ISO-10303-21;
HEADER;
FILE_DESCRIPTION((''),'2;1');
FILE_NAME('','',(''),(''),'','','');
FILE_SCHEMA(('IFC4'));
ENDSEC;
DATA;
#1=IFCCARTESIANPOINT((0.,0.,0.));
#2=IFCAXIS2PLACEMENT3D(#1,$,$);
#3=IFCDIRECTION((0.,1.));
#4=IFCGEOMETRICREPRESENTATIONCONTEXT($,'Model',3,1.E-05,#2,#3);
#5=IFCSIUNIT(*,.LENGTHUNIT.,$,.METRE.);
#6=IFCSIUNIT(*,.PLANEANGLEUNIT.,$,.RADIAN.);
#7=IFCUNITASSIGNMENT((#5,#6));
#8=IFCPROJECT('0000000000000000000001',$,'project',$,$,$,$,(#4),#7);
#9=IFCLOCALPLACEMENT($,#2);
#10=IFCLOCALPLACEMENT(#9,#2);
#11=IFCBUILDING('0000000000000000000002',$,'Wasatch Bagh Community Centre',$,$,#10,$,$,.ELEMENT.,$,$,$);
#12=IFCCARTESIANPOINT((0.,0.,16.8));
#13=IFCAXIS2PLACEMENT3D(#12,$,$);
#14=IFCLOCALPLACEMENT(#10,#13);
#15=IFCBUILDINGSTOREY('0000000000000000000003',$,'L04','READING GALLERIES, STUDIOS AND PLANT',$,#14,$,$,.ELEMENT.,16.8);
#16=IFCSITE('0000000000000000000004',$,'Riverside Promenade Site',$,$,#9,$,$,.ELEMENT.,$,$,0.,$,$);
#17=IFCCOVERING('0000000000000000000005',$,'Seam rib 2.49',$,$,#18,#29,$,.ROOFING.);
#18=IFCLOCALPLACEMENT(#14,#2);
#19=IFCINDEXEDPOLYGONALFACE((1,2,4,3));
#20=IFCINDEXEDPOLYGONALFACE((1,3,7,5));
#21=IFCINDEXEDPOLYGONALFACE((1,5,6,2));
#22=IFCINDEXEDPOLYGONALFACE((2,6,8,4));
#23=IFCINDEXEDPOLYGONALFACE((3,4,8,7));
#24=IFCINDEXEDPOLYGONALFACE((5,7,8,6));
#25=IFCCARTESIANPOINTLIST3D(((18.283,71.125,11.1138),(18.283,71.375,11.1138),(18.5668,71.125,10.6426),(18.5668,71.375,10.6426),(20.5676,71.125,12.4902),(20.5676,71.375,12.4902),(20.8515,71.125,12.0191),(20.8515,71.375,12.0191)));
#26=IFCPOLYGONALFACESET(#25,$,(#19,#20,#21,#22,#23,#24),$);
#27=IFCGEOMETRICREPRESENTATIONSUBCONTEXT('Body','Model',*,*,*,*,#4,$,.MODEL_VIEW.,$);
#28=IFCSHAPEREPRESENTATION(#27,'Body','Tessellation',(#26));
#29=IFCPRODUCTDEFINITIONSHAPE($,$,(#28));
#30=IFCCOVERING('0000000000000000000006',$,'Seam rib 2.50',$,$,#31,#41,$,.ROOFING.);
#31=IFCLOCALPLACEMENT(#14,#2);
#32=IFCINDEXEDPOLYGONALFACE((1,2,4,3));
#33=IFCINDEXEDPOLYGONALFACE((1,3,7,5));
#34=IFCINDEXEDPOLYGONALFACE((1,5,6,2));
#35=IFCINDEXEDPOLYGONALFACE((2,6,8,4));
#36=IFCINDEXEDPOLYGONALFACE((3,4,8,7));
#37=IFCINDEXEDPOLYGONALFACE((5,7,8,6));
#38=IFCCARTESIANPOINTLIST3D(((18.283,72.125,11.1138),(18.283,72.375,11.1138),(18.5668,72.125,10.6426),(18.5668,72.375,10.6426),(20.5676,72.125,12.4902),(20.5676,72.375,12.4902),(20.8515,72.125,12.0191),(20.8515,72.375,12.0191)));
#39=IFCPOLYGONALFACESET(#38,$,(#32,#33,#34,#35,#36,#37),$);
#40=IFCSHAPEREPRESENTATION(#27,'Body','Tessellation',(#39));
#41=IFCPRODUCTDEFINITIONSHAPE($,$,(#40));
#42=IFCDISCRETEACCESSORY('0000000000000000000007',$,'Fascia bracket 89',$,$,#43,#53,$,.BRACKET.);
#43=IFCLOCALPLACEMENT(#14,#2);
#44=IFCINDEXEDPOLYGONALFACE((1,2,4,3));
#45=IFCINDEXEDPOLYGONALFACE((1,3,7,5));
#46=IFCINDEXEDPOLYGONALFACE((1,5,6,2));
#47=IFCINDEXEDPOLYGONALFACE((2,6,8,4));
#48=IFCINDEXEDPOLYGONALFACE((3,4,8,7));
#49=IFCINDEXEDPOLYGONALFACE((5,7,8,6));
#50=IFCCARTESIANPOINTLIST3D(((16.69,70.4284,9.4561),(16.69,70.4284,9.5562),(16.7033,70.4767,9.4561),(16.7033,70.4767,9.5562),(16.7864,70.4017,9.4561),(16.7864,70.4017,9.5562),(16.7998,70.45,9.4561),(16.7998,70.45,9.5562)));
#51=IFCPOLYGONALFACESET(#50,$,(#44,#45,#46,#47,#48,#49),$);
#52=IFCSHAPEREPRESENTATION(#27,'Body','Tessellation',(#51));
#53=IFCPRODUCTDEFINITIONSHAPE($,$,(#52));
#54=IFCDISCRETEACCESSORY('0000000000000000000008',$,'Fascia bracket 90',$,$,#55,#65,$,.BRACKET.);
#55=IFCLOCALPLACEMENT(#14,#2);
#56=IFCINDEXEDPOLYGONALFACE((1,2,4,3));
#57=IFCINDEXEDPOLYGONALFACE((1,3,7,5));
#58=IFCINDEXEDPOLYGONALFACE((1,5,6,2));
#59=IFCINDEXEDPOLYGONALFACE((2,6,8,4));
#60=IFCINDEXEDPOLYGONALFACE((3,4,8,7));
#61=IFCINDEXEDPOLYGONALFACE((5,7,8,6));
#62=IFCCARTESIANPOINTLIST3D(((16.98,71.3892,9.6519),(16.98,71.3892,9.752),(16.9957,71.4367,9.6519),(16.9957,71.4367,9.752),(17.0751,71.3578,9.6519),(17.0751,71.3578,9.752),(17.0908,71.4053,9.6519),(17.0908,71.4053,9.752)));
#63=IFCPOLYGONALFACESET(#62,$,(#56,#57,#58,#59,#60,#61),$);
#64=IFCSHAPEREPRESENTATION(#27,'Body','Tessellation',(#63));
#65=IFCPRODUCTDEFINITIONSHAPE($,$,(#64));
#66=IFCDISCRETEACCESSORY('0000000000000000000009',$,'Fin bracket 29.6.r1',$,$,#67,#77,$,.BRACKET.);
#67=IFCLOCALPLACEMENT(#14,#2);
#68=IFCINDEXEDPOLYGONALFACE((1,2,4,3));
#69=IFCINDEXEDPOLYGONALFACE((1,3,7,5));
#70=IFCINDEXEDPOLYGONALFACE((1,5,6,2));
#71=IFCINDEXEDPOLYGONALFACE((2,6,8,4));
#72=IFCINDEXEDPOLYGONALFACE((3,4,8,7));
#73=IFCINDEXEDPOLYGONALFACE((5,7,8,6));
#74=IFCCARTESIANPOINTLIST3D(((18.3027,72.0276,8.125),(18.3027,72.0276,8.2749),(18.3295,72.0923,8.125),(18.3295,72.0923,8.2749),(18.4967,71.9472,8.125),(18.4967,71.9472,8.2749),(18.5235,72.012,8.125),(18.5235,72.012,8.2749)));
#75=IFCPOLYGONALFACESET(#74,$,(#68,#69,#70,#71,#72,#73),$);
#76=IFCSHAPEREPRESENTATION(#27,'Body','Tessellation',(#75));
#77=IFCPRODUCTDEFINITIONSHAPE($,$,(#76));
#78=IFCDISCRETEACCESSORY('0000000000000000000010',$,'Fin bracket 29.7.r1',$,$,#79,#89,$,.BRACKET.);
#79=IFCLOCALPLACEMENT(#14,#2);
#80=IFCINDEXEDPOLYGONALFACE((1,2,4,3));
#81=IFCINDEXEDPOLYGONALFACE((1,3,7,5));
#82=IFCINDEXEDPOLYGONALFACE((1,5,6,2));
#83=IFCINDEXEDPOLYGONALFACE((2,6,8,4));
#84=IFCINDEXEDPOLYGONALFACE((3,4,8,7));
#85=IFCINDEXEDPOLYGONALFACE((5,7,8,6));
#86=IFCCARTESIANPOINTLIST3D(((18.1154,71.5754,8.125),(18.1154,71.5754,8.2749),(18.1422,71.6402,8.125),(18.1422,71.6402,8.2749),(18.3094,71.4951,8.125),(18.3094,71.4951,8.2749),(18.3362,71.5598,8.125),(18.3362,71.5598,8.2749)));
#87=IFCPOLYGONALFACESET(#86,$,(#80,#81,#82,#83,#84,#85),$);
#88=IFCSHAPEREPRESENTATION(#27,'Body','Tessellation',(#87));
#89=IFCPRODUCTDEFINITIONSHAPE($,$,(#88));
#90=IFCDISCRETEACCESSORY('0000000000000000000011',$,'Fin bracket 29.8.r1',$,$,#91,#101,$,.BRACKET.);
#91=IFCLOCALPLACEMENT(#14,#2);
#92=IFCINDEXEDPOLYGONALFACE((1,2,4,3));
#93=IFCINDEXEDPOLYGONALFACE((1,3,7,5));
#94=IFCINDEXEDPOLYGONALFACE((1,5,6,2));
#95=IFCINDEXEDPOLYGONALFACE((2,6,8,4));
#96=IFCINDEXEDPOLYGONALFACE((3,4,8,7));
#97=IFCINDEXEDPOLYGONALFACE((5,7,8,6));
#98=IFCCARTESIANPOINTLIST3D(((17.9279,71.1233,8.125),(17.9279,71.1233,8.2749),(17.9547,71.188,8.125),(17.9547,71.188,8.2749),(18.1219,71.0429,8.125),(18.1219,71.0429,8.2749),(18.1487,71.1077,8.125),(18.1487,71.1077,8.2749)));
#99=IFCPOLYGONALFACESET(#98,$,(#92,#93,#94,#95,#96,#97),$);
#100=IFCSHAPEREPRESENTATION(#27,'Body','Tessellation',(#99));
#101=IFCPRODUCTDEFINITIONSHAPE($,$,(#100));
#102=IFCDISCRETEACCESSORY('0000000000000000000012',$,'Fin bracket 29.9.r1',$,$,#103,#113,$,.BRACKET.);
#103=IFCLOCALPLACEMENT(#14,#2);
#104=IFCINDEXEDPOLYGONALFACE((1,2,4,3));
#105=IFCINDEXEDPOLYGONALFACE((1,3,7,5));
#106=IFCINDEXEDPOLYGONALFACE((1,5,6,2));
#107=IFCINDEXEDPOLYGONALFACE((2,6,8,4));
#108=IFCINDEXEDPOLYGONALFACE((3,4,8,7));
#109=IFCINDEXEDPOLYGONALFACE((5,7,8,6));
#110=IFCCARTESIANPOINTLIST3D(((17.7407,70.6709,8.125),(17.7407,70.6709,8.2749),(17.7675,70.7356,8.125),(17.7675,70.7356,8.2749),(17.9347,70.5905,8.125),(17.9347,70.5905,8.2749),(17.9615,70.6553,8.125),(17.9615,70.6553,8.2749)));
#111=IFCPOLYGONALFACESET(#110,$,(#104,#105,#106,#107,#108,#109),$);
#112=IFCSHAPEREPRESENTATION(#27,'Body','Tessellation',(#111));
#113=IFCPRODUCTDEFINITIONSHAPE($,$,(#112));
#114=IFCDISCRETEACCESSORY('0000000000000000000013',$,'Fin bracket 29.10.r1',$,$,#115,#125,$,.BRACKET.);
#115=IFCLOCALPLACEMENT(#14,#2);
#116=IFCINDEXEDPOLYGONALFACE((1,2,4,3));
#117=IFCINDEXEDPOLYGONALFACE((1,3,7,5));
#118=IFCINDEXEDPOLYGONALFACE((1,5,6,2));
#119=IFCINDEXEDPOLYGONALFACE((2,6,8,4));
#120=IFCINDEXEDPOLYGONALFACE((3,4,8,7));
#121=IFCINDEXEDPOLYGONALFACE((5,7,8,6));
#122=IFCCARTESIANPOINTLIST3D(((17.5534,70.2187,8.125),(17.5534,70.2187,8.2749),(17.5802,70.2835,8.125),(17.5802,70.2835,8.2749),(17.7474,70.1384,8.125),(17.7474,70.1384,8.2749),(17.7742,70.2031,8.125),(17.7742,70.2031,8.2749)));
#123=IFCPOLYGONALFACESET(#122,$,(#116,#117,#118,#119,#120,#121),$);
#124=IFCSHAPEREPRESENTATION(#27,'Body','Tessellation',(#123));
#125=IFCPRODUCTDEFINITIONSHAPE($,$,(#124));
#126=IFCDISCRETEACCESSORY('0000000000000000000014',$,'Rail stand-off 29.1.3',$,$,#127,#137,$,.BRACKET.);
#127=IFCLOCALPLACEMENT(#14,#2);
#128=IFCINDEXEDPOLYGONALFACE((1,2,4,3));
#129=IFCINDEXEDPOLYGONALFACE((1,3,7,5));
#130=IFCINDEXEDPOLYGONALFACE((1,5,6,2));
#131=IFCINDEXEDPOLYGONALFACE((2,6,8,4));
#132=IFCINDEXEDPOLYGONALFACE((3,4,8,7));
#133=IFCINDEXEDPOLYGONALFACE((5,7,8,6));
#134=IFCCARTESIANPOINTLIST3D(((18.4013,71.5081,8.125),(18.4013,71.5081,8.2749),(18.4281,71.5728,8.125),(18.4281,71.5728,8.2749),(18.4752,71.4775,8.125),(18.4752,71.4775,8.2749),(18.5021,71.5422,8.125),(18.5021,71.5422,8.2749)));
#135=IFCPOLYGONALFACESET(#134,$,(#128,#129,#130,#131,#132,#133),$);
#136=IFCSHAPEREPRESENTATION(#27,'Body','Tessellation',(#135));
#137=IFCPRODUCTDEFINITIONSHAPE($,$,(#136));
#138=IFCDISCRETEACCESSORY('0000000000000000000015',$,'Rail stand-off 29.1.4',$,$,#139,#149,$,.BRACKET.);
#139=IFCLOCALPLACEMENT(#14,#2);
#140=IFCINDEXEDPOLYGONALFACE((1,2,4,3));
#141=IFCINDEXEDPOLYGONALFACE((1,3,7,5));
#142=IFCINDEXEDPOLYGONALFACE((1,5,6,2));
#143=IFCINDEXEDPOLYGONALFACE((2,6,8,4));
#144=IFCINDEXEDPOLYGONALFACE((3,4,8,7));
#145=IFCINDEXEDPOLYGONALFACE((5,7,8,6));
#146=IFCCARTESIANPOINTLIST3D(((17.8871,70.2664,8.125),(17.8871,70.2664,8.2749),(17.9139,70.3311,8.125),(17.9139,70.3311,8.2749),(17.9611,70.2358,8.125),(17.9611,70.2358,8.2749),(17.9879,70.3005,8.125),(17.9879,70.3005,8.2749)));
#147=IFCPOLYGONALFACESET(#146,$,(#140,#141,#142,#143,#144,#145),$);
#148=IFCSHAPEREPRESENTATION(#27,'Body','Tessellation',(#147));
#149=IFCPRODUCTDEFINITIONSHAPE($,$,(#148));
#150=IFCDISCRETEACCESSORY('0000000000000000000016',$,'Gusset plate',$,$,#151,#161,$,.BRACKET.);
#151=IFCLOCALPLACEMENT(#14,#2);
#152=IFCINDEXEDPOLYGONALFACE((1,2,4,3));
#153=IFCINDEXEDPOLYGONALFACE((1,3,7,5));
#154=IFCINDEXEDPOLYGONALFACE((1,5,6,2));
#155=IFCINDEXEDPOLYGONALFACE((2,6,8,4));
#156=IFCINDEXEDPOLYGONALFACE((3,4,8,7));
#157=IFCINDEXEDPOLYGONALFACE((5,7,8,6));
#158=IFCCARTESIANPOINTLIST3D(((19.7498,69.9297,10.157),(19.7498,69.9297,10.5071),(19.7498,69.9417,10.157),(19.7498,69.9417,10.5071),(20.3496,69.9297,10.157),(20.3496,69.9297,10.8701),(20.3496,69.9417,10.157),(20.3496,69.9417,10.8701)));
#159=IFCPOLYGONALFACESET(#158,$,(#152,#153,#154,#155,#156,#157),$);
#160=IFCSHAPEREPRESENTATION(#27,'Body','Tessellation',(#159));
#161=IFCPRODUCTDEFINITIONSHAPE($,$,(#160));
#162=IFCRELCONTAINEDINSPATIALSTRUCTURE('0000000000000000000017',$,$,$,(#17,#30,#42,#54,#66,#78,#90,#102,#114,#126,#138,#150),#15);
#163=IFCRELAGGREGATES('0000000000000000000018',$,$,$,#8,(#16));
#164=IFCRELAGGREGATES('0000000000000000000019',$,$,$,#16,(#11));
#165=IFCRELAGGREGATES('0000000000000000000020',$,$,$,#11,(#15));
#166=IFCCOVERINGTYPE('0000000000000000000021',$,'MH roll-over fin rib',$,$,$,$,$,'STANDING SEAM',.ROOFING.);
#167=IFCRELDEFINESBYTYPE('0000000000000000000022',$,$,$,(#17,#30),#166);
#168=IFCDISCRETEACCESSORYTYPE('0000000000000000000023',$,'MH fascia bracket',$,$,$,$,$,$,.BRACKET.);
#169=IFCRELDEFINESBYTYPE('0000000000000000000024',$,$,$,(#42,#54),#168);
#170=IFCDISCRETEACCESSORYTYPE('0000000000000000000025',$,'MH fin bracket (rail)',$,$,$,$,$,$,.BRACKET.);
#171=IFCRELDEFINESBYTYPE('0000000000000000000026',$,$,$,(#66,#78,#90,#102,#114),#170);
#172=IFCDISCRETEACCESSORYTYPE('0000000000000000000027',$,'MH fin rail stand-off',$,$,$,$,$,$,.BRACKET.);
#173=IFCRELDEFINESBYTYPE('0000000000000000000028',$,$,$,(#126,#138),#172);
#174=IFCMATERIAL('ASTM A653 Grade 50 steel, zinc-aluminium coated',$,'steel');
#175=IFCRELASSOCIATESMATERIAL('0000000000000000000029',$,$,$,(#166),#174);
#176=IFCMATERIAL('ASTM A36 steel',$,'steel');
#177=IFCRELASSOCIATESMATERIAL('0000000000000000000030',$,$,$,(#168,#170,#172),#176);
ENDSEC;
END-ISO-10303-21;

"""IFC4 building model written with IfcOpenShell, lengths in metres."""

from ifc_helpers import new_model, si_unit, direction, frame, origin, origin_2d, place, context, subcontext, project, spatial, polyline, rectangle, outline, extrude, material, type_object, element, save


model = new_model("IFC4")

# Units and contexts
model_context = context("Model", 3, precision=1e-05, world=origin(), true_north=direction((0.0, 1.0)))
body_context = subcontext(model_context, "Body", "Model", "MODEL_VIEW")
ifc_project = project(units=[si_unit("LENGTHUNIT", "METRE"), si_unit("PLANEANGLEUNIT", "RADIAN")], contexts=[model_context])

# Site, building, storey
site_placement = place(None, origin())
site = spatial("IfcSite", under=ifc_project, at=site_placement, Name="Riverside Promenade Site", CompositionType="ELEMENT", RefElevation=0.0)
building_placement = place(site_placement, origin())
building = spatial("IfcBuilding", under=site, at=building_placement, Name="Wasatch Bagh Community Centre", CompositionType="ELEMENT")
storey_placement = place(building_placement, frame((0.0, 0.0, 16.8)))
storey = spatial("IfcBuildingStorey", under=building, at=storey_placement, Name="L04", Description="READING GALLERIES, STUDIOS AND PLANT", CompositionType="ELEMENT", Elevation=16.8)

# Coverings
ifc_material_1 = material(Name="ASTM A653 Grade 50 steel, zinc-aluminium coated", Category="steel")
covering_type_1 = type_object("IfcCoveringType", Name="MH roll-over fin rib", ElementType="STANDING SEAM", PredefinedType="ROOFING", material=ifc_material_1)
for number, where, z_axis, x_axis, name in (
    (1, (18.283, 71.125, 11.1138), (-0.516056, 0.0, 0.856555), (0.856555, 0.0, 0.516056), "Seam rib 2.49"),
    (2, (18.283, 72.125, 11.1138), (-0.516056, 0.0, 0.856555), (0.856555, 0.0, 0.516056), "Seam rib 2.50"),
):
    element("IfcCovering", number, at=place(storey_placement, frame(where, z_axis=z_axis, x_axis=x_axis)), inside=storey, type_object=covering_type_1, Name=name, PredefinedType="ROOFING", context=body_context, shape_type="SweptSolid", body=[
        extrude(outline(polyline([(0.0, 0.0), (2.6673, 0.0), (2.6673, 0.25), (0.0, 0.25), (0.0, 0.0)])), origin(), (0.0, 0.0, -1.0), 0.55),
    ])

# Discrete accessories
ifc_material_2 = material(Name="ASTM A36 steel", Category="steel")
discrete_accessory_type_1 = type_object("IfcDiscreteAccessoryType", Name="MH fascia bracket", PredefinedType="BRACKET", material=ifc_material_2)
for number, where, z_axis, x_axis, name in (
    (3, (16.7449, 70.4392, 9.4561), (0.0, 0.0, 1.0), (-0.963776, 0.266713, 0.0), "Fascia bracket 89"),
    (4, (17.0354, 71.3972, 9.6519), (0.0, 0.0, 1.0), (-0.949528, 0.313682, 0.0), "Fascia bracket 90"),
):
    element("IfcDiscreteAccessory", number, at=place(storey_placement, frame(where, z_axis=z_axis, x_axis=x_axis)), inside=storey, type_object=discrete_accessory_type_1, Name=name, PredefinedType="BRACKET", context=body_context, shape_type="SweptSolid", body=[
        extrude(rectangle(XDim=0.1001, YDim=0.05, at=origin_2d()), origin(), (0.0, 0.0, 1.0), 0.1001),
    ])
discrete_accessory_type_2 = type_object("IfcDiscreteAccessoryType", Name="MH fin bracket (rail)", PredefinedType="BRACKET", material=ifc_material_2)
for number, where, z_axis, x_axis, name in (
    (5, (18.4131, 72.0198, 8.125), (0.0, 0.0, 1.0), (-0.382683, -0.92388, 0.0), "Fin bracket 29.6.r1"),
    (6, (18.2258, 71.5676, 8.125), (0.0, 0.0, 1.0), (-0.382683, -0.92388, 0.0), "Fin bracket 29.7.r1"),
    (7, (18.0383, 71.1155, 8.125), (0.0, 0.0, 1.0), (-0.382683, -0.92388, 0.0), "Fin bracket 29.8.r1"),
    (8, (17.8511, 70.6631, 8.125), (0.0, 0.0, 1.0), (-0.382683, -0.92388, 0.0), "Fin bracket 29.9.r1"),
    (9, (17.6638, 70.2109, 8.125), (0.0, 0.0, 1.0), (-0.382683, -0.92388, 0.0), "Fin bracket 29.10.r1"),
):
    element("IfcDiscreteAccessory", number, at=place(storey_placement, frame(where, z_axis=z_axis, x_axis=x_axis)), inside=storey, type_object=discrete_accessory_type_2, Name=name, PredefinedType="BRACKET", context=body_context, shape_type="SweptSolid", body=[
        extrude(rectangle(XDim=0.0701, YDim=0.21, at=origin_2d()), origin(), (0.0, 0.0, 1.0), 0.1499),
    ])
discrete_accessory_type_3 = type_object("IfcDiscreteAccessoryType", Name="MH fin rail stand-off", PredefinedType="BRACKET", material=ifc_material_2)
for number, where, z_axis, x_axis, name in (
    (10, (18.4517, 71.5251, 8.125), (0.0, 0.0, 1.0), (-0.382683, -0.92388, 0.0), "Rail stand-off 29.1.3"),
    (11, (17.9375, 70.2834, 8.125), (0.0, 0.0, 1.0), (-0.382683, -0.92388, 0.0), "Rail stand-off 29.1.4"),
):
    element("IfcDiscreteAccessory", number, at=place(storey_placement, frame(where, z_axis=z_axis, x_axis=x_axis)), inside=storey, type_object=discrete_accessory_type_3, Name=name, PredefinedType="BRACKET", context=body_context, shape_type="SweptSolid", body=[
        extrude(rectangle(XDim=0.0701, YDim=0.0801, at=origin_2d()), origin(), (0.0, 0.0, 1.0), 0.1499),
    ])
discrete_accessory_1_placement = place(storey_placement, frame((19.7498, 69.9417, 10.5071), z_axis=(0.0, 1.0, 0.0), x_axis=(0.85552, 0.0, 0.517769)))
element("IfcDiscreteAccessory", 12, at=discrete_accessory_1_placement, inside=storey, Name="Gusset plate", PredefinedType="BRACKET", context=body_context, shape_type="SweptSolid", body=[
    extrude(outline(polyline([(0.0, 0.0), (0.7012, 0.0), (0.3319, 0.6101), (-0.1813, 0.2995), (0.0, 0.0)])), origin(), (0.0, 0.0, -1.0), 0.012),
])

save(model, "model.ifc")
